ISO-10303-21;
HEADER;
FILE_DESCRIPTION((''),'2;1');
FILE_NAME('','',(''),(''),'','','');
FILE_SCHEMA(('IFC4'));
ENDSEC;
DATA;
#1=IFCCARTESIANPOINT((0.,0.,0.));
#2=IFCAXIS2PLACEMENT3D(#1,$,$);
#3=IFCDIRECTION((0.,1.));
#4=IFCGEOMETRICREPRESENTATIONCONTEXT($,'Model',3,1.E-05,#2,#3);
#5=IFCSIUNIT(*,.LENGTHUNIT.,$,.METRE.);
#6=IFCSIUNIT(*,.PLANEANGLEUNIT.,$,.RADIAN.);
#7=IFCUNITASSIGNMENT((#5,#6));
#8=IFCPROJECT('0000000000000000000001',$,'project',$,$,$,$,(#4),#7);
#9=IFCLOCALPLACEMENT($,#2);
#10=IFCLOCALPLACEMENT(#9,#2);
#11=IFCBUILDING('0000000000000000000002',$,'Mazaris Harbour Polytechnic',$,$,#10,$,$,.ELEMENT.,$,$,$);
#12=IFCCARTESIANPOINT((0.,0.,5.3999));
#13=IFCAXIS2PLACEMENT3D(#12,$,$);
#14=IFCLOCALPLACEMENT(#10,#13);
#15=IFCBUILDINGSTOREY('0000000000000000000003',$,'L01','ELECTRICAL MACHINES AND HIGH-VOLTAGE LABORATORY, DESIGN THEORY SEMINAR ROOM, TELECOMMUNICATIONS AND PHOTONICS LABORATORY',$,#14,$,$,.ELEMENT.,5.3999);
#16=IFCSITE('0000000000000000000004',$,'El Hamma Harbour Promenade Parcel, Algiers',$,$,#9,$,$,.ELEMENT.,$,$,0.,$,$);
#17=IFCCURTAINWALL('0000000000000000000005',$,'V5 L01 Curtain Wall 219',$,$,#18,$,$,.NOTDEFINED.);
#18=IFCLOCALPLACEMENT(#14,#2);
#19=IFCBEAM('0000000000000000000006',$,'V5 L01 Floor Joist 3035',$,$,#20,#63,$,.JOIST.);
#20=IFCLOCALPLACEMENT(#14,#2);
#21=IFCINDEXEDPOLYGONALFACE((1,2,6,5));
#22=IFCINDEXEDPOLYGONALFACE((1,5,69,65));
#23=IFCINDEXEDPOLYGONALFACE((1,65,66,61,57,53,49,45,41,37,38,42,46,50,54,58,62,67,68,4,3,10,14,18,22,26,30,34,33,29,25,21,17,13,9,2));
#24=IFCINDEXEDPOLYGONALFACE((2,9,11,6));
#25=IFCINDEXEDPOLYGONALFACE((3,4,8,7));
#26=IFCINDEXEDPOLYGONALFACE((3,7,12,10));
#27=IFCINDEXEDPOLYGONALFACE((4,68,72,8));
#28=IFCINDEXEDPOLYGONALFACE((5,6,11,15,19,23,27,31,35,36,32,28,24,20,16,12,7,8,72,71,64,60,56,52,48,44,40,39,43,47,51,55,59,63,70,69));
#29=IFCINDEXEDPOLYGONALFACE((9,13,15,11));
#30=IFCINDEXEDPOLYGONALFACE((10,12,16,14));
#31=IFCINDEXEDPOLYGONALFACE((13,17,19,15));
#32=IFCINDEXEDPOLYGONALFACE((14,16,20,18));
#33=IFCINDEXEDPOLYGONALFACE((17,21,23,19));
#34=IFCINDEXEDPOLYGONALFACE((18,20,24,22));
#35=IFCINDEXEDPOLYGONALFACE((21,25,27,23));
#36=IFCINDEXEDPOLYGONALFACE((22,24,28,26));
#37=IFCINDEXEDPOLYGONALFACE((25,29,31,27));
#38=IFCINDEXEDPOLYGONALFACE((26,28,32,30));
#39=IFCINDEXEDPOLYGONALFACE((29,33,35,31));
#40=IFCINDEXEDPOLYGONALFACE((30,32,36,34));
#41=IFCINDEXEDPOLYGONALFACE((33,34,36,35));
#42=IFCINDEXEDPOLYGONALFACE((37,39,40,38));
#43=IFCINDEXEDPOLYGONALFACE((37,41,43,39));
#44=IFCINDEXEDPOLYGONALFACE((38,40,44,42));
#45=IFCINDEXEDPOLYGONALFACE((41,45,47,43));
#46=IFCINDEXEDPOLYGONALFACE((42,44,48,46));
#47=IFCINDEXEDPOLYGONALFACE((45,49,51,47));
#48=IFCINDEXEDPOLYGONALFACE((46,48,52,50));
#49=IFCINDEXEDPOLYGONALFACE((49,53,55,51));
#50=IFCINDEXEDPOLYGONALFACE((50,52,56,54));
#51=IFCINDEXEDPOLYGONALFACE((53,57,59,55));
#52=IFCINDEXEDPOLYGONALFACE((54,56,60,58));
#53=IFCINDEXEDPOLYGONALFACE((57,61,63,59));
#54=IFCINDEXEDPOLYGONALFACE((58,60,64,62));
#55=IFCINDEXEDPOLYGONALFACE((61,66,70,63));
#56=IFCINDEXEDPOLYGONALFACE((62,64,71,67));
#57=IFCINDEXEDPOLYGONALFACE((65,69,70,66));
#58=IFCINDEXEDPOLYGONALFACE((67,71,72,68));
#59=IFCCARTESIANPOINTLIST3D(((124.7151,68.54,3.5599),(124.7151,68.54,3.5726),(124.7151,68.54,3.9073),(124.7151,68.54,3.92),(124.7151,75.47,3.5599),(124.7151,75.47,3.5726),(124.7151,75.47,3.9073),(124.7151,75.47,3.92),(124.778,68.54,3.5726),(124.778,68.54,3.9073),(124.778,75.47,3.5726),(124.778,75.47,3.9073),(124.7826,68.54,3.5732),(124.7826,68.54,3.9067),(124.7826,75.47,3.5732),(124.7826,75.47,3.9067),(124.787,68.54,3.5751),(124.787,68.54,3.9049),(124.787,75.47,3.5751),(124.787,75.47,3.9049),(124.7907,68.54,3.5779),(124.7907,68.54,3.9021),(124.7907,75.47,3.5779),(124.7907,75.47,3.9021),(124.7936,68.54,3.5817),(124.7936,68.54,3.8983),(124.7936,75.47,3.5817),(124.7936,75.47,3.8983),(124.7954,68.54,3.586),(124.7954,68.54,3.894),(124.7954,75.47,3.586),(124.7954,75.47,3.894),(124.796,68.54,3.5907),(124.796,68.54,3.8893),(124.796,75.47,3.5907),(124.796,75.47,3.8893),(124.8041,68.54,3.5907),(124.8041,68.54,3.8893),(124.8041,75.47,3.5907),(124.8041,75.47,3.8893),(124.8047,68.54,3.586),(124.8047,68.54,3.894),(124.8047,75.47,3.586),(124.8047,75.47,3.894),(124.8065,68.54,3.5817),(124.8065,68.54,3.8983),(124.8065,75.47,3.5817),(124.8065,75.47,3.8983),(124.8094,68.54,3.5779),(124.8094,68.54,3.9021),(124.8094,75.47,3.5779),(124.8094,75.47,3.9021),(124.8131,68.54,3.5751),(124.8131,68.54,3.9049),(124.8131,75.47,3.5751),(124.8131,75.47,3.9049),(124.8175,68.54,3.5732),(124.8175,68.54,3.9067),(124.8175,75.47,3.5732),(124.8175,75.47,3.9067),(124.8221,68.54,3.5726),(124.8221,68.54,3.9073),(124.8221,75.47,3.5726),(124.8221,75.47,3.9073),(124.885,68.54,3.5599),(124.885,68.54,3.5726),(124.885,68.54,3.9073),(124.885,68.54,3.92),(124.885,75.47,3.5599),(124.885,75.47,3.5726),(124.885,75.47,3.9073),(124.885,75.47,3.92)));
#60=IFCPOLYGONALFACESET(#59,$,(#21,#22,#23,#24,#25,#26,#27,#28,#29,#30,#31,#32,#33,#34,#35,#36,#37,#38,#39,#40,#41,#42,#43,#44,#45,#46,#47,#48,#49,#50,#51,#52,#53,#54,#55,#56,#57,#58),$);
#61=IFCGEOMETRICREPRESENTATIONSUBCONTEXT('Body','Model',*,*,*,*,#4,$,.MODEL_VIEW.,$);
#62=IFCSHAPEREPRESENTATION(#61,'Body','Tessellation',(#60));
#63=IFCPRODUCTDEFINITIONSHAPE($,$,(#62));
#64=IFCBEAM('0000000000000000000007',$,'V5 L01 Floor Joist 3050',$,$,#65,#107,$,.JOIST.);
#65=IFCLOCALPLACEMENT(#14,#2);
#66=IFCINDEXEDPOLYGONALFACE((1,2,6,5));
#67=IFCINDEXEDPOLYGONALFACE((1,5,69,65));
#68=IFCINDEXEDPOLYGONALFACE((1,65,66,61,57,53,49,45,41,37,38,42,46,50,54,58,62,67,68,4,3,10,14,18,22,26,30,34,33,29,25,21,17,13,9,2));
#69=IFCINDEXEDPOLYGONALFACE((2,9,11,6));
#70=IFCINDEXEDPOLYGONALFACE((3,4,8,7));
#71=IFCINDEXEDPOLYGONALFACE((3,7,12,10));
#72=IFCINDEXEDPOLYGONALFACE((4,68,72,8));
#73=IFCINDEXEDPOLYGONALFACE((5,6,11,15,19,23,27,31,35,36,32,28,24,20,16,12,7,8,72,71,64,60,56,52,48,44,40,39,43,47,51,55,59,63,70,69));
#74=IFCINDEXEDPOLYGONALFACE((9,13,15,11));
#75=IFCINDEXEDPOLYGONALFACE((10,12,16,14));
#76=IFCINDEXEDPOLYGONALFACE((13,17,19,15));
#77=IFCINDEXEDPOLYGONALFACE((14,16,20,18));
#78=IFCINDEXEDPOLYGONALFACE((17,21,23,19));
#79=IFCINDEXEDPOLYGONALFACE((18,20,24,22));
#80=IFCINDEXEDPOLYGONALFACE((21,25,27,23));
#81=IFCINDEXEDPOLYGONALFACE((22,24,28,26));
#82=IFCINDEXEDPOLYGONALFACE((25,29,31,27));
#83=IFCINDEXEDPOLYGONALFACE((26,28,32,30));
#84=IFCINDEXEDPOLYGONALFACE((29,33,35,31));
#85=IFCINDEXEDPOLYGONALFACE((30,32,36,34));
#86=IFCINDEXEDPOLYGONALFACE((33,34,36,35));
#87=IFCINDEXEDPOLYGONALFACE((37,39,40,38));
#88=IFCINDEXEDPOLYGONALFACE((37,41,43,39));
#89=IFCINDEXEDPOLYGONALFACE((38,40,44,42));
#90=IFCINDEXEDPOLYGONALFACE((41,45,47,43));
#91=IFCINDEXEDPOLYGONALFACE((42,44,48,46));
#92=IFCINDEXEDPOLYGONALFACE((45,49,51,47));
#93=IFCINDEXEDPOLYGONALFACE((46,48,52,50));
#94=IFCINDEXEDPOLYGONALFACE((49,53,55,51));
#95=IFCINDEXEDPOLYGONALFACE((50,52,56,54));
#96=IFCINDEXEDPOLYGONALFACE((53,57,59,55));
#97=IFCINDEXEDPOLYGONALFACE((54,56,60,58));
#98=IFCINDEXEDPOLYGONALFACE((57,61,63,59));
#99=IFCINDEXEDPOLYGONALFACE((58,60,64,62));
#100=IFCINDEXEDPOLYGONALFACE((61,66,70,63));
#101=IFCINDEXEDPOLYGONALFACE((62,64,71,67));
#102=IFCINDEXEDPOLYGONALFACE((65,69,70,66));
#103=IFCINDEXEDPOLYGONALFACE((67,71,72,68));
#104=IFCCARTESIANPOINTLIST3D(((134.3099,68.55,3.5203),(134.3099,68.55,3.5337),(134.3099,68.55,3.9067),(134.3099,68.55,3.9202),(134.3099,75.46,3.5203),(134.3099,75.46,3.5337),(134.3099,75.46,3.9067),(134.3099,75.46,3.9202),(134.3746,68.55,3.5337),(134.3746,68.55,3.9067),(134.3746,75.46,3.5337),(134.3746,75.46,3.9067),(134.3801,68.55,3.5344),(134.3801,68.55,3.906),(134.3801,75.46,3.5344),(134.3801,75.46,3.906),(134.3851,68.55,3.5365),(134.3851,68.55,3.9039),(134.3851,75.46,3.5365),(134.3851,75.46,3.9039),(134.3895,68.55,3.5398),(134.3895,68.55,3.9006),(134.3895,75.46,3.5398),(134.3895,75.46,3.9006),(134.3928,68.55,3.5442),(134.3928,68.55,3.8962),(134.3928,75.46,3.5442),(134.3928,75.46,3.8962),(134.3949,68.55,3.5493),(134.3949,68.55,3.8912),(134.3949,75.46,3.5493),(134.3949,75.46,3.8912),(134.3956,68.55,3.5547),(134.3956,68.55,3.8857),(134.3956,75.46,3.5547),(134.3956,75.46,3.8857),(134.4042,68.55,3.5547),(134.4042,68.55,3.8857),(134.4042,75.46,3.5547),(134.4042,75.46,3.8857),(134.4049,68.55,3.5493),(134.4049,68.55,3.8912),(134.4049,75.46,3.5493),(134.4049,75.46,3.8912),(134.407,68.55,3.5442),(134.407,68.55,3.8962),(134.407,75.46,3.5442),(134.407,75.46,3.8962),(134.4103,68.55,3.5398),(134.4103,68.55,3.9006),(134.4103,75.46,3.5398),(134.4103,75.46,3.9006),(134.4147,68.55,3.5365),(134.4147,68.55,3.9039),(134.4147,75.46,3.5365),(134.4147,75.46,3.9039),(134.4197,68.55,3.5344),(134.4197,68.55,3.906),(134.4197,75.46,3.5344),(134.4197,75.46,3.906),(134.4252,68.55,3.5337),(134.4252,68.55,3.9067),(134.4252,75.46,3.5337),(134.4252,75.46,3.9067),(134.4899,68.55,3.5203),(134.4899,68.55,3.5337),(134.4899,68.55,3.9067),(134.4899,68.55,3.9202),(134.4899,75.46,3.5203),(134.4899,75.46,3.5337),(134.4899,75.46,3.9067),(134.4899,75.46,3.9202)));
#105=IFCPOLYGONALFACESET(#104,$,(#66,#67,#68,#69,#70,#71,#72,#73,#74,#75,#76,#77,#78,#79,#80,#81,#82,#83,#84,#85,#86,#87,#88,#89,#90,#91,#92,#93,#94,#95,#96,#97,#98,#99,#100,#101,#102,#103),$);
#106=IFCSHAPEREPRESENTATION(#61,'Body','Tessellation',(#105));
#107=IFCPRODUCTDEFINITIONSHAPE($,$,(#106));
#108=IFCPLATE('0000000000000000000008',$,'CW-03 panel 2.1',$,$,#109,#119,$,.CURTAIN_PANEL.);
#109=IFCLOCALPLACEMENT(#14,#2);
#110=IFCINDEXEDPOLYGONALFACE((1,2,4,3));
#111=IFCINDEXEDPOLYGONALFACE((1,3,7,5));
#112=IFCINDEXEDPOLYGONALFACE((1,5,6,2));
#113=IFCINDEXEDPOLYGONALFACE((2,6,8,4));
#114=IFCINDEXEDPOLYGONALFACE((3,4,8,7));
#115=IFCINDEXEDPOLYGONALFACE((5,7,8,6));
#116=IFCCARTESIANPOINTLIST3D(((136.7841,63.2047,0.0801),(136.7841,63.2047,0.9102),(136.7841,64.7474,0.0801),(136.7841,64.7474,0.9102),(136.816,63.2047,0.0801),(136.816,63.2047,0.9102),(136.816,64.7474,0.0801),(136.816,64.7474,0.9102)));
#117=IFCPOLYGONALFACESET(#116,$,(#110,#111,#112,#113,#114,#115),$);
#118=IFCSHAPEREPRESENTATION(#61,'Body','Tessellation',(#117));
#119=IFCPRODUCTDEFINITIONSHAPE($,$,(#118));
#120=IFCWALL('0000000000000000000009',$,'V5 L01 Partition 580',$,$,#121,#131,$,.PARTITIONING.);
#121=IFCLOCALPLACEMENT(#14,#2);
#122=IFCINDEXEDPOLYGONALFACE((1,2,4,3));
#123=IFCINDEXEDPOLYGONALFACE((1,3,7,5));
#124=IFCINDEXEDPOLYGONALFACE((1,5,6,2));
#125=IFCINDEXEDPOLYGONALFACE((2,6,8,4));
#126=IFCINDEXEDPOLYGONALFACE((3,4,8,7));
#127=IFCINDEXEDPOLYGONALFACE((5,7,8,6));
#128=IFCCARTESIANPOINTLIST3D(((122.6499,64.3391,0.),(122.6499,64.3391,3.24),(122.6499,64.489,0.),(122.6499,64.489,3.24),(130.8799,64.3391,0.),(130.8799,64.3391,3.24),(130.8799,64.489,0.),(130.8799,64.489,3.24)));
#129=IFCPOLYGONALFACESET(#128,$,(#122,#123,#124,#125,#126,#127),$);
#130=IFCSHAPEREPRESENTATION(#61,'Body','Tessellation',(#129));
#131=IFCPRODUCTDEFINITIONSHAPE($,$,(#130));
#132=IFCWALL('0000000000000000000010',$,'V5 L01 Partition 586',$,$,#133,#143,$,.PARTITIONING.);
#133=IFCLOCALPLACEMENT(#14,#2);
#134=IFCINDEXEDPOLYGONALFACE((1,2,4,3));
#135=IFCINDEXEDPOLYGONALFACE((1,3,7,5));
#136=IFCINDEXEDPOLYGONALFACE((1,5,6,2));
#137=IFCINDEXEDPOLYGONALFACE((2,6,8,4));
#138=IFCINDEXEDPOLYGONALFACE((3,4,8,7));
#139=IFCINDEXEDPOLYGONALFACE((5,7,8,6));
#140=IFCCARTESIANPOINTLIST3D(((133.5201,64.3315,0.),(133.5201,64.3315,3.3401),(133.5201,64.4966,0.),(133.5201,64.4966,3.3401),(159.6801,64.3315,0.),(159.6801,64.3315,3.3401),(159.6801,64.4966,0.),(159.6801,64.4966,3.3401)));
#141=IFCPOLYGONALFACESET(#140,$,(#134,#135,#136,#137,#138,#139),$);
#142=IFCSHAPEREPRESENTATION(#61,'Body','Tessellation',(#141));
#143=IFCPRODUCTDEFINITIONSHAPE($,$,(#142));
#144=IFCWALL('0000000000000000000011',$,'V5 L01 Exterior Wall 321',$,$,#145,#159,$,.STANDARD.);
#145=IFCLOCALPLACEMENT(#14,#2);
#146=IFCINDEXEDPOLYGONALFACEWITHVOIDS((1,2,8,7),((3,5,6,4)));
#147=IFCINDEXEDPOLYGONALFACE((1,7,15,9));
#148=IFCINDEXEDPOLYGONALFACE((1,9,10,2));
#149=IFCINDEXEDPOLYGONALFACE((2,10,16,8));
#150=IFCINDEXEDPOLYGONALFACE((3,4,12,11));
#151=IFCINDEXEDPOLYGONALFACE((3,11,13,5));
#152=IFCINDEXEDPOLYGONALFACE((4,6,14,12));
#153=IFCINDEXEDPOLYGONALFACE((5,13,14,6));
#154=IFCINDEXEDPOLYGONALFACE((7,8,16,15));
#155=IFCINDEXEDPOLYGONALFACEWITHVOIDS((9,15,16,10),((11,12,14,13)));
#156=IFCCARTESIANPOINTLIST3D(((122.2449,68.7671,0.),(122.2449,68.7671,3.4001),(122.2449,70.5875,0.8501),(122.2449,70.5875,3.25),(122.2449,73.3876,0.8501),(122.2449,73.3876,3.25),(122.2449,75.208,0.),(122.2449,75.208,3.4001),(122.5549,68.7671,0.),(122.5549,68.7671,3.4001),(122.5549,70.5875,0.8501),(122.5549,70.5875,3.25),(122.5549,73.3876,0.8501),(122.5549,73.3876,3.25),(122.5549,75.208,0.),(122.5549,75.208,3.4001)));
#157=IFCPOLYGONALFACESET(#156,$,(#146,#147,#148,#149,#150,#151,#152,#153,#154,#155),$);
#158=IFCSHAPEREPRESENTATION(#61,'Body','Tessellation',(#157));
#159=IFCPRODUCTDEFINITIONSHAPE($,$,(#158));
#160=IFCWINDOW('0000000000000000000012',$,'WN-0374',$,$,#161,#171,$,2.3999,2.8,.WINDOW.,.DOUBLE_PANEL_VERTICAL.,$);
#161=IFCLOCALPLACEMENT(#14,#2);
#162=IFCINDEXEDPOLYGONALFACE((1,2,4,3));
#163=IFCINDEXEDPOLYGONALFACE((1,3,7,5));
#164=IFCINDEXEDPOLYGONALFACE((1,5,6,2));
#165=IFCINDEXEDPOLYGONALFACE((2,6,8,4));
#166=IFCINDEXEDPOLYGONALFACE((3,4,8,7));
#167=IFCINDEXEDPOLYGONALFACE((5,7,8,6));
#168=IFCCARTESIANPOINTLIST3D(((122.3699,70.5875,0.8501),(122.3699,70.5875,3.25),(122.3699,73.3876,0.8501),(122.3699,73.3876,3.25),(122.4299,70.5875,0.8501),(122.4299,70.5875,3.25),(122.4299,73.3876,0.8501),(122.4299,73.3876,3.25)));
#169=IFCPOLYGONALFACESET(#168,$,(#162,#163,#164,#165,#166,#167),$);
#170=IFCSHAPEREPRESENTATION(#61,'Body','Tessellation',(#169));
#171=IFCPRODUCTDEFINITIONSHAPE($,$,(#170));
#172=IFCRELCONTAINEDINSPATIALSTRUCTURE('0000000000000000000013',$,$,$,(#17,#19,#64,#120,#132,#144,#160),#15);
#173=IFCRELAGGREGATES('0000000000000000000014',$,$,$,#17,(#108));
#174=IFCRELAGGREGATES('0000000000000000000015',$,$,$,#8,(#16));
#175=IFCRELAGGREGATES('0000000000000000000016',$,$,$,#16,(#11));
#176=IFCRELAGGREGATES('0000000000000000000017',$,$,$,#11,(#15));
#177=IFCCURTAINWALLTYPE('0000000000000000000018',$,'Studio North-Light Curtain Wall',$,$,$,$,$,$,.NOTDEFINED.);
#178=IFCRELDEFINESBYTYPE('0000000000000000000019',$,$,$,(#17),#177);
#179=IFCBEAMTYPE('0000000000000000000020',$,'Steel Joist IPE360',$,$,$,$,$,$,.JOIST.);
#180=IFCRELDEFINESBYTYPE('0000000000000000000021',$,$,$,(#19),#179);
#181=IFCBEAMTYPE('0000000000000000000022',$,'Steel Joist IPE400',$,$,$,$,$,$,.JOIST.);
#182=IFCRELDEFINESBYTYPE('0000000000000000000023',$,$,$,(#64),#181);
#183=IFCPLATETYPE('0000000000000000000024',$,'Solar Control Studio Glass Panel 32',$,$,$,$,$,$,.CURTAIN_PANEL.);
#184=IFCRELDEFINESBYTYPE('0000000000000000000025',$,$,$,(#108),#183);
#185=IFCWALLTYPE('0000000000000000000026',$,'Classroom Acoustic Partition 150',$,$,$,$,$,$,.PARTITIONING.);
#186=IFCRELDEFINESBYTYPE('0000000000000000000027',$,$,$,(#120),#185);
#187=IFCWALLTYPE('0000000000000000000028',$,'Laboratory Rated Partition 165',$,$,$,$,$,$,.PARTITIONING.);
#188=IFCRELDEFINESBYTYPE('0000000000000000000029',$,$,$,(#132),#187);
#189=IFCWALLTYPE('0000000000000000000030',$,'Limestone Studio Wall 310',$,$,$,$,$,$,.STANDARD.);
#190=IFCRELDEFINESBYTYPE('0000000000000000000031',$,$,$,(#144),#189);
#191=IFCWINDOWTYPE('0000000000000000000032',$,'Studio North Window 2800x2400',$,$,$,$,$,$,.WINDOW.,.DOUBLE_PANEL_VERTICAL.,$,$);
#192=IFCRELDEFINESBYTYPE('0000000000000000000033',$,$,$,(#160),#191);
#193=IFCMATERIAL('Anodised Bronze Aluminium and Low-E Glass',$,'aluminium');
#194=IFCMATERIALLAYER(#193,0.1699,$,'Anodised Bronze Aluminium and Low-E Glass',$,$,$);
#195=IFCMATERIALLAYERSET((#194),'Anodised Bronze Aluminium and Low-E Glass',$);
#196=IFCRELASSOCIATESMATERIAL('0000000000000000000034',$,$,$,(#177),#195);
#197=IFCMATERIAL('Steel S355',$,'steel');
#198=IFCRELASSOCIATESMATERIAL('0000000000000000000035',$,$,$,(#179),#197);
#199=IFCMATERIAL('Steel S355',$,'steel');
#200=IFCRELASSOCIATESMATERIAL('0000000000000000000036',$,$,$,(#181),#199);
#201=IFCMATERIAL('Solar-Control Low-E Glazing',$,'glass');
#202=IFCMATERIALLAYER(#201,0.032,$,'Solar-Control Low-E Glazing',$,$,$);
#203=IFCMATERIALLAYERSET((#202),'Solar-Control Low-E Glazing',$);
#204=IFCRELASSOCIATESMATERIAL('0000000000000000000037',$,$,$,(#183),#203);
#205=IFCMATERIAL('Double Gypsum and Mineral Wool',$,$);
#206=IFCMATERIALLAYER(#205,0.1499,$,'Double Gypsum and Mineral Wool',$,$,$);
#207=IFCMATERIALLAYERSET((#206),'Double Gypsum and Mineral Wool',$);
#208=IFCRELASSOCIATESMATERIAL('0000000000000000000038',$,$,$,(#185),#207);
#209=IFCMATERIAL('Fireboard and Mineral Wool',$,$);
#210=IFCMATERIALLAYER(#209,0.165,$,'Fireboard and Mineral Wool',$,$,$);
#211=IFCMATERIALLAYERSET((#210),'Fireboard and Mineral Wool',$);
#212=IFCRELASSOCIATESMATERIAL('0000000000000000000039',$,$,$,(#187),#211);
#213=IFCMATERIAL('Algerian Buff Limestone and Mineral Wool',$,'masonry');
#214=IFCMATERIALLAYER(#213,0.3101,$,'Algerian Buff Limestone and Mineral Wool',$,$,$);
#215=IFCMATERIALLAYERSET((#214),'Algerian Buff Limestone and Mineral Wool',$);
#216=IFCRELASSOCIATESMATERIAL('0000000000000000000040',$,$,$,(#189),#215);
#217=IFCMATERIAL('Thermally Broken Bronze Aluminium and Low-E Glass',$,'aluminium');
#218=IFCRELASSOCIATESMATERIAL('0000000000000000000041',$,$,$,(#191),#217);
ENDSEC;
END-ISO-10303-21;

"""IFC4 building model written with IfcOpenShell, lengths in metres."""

from ifc_helpers import new_model, si_unit, direction, frame, frame_2d, origin, origin_2d, place, context, subcontext, project, spatial, rectangle, i_section, extrude, material, layer, layer_set, material_profile, profile_set, type_object, element, fill, aggregate, save


model = new_model("IFC4")

# Units and contexts
model_context = context("Model", 3, precision=1e-05, world=origin(), true_north=direction((0.0, 1.0)))
body_context = subcontext(model_context, "Body", "Model", "MODEL_VIEW")
ifc_project = project(units=[si_unit("LENGTHUNIT", "METRE"), si_unit("PLANEANGLEUNIT", "RADIAN")], contexts=[model_context])

# Site, building, storey
site_placement = place(None, origin())
site = spatial("IfcSite", under=ifc_project, at=site_placement, Name="El Hamma Harbour Promenade Parcel, Algiers", CompositionType="ELEMENT", RefElevation=0.0)
building_placement = place(site_placement, origin())
building = spatial("IfcBuilding", under=site, at=building_placement, Name="Mazaris Harbour Polytechnic", CompositionType="ELEMENT")
storey_placement = place(building_placement, frame((0.0, 0.0, 5.3999)))
storey = spatial("IfcBuildingStorey", under=building, at=storey_placement, Name="L01", Description="ELECTRICAL MACHINES AND HIGH-VOLTAGE LABORATORY, DESIGN THEORY SEMINAR ROOM, TELECOMMUNICATIONS AND PHOTONICS LABORATORY", CompositionType="ELEMENT", Elevation=5.3999)

# Shared definitions
ifc_material_1 = material(Name="Anodised Bronze Aluminium and Low-E Glass", Category="aluminium")
ifc_layer_1 = layer(ifc_material_1, 0.1699, Name="Anodised Bronze Aluminium and Low-E Glass")
ifc_layer_set_1 = layer_set([ifc_layer_1], Name="Anodised Bronze Aluminium and Low-E Glass")
curtain_wall_type = type_object("IfcCurtainWallType", Name="Studio North-Light Curtain Wall", PredefinedType="NOTDEFINED", material=ifc_layer_set_1)

# Curtain wall
curtain_wall_1_placement = place(storey_placement, origin())
curtain_wall_1 = element("IfcCurtainWall", 1, at=curtain_wall_1_placement, inside=storey, type_object=curtain_wall_type, Name="V5 L01 Curtain Wall 219", PredefinedType="NOTDEFINED")

# Beams
ifc_material_2 = material(Name="Steel S355", Category="steel")
ifc_material_profile_1 = material_profile(ifc_material_2, i_section(OverallWidth=0.1699, OverallDepth=0.3601, WebThickness=0.0081, FlangeThickness=0.0127, FilletRadius=0.0181, at=origin_2d()), Name="IPE 360")
ifc_profile_set_1 = profile_set([ifc_material_profile_1], Name="Steel S355")
beam_type_1 = type_object("IfcBeamType", Name="Steel Joist IPE360", PredefinedType="JOIST", material=ifc_profile_set_1)
beam_1_placement = place(storey_placement, frame((124.8, 68.54, 3.74), z_axis=(0.0, 1.0, 0.0), x_axis=(-1.0, 0.0, 0.0)))
element("IfcBeam", 2, at=beam_1_placement, inside=storey, type_object=beam_type_1, Name="V5 L01 Floor Joist 3035", PredefinedType="JOIST", context=body_context, shape_type="SweptSolid", body=[
    extrude(i_section(OverallWidth=0.1699, OverallDepth=0.3601, WebThickness=0.0081, FlangeThickness=0.0127, FilletRadius=0.0181, at=origin_2d()), origin(), (0.0, 0.0, 1.0), 6.9299),
])
ifc_material_3 = material(Name="Steel S355", Category="steel")
ifc_material_profile_2 = material_profile(ifc_material_3, i_section(OverallWidth=0.1799, OverallDepth=0.3999, WebThickness=0.0085, FlangeThickness=0.0134, FilletRadius=0.021, at=origin_2d()), Name="IPE 400")
ifc_profile_set_2 = profile_set([ifc_material_profile_2], Name="Steel S355")
beam_type_2 = type_object("IfcBeamType", Name="Steel Joist IPE400", PredefinedType="JOIST", material=ifc_profile_set_2)
beam_2_placement = place(storey_placement, frame((134.3999, 68.55, 3.7202), z_axis=(0.0, 1.0, 0.0), x_axis=(-1.0, 0.0, 0.0)))
element("IfcBeam", 3, at=beam_2_placement, inside=storey, type_object=beam_type_2, Name="V5 L01 Floor Joist 3050", PredefinedType="JOIST", context=body_context, shape_type="SweptSolid", body=[
    extrude(i_section(OverallWidth=0.1799, OverallDepth=0.3999, WebThickness=0.0085, FlangeThickness=0.0134, FilletRadius=0.021, at=origin_2d()), origin(), (0.0, 0.0, 1.0), 6.9099),
])

# Plate
ifc_material_4 = material(Name="Solar-Control Low-E Glazing", Category="glass")
ifc_layer_2 = layer(ifc_material_4, 0.032, Name="Solar-Control Low-E Glazing")
ifc_layer_set_2 = layer_set([ifc_layer_2], Name="Solar-Control Low-E Glazing")
plate_type = type_object("IfcPlateType", Name="Solar Control Studio Glass Panel 32", PredefinedType="CURTAIN_PANEL", material=ifc_layer_set_2)
plate_placement = place(storey_placement, frame((136.8, 63.9761, 0.0801), z_axis=(0.0, 0.0, 1.0), x_axis=(0.0, 1.0, 0.0)))
plate = element("IfcPlate", 4, at=plate_placement, type_object=plate_type, Name="CW-03 panel 2.1", PredefinedType="CURTAIN_PANEL", context=body_context, shape_type="SweptSolid", body=[
    extrude(rectangle(XDim=1.5427, YDim=0.032, at=origin_2d()), origin(), (0.0, 0.0, 1.0), 0.8301),
])
aggregate(curtain_wall_1, [plate])

# Walls
ifc_material_5 = material(Name="Double Gypsum and Mineral Wool")
ifc_layer_3 = layer(ifc_material_5, 0.1499, Name="Double Gypsum and Mineral Wool")
ifc_layer_set_3 = layer_set([ifc_layer_3], Name="Double Gypsum and Mineral Wool")
wall_type_1 = type_object("IfcWallType", Name="Classroom Acoustic Partition 150", PredefinedType="PARTITIONING", material=ifc_layer_set_3)
wall_1_placement = place(storey_placement, frame((122.6499, 64.4141, 0.0), z_axis=(0.0, 0.0, 1.0), x_axis=(1.0, 0.0, 0.0)))
element("IfcWall", 5, at=wall_1_placement, inside=storey, type_object=wall_type_1, Name="V5 L01 Partition 580", PredefinedType="PARTITIONING", context=body_context, shape_type="SweptSolid", body=[
    extrude(rectangle(XDim=8.23, YDim=0.1499, at=frame_2d((4.115, 0.0))), origin(), (0.0, 0.0, 1.0), 3.24),
])
ifc_material_6 = material(Name="Fireboard and Mineral Wool")
ifc_layer_4 = layer(ifc_material_6, 0.165, Name="Fireboard and Mineral Wool")
ifc_layer_set_4 = layer_set([ifc_layer_4], Name="Fireboard and Mineral Wool")
wall_type_2 = type_object("IfcWallType", Name="Laboratory Rated Partition 165", PredefinedType="PARTITIONING", material=ifc_layer_set_4)
wall_2_placement = place(storey_placement, frame((133.52, 64.4141, 0.0), z_axis=(0.0, 0.0, 1.0), x_axis=(1.0, 0.0, 0.0)))
element("IfcWall", 6, at=wall_2_placement, inside=storey, type_object=wall_type_2, Name="V5 L01 Partition 586", PredefinedType="PARTITIONING", context=body_context, shape_type="SweptSolid", body=[
    extrude(rectangle(XDim=26.1599, YDim=0.165, at=frame_2d((13.0801, 0.0))), origin(), (0.0, 0.0, 1.0), 3.3401),
])

# Wall, opening, window
ifc_material_7 = material(Name="Algerian Buff Limestone and Mineral Wool", Category="masonry")
ifc_layer_5 = layer(ifc_material_7, 0.3101, Name="Algerian Buff Limestone and Mineral Wool")
ifc_layer_set_5 = layer_set([ifc_layer_5], Name="Algerian Buff Limestone and Mineral Wool")
wall_type_3 = type_object("IfcWallType", Name="Limestone Studio Wall 310", PredefinedType="STANDARD", material=ifc_layer_set_5)
wall_3_placement = place(storey_placement, frame((122.3999, 68.7671, 0.0), z_axis=(0.0, 0.0, 1.0), x_axis=(0.0, 1.0, 0.0)))
wall_3 = element("IfcWall", 7, at=wall_3_placement, inside=storey, type_object=wall_type_3, Name="V5 L01 Exterior Wall 321", PredefinedType="STANDARD", context=body_context, shape_type="SweptSolid", body=[
    extrude(rectangle(XDim=6.4409, YDim=0.3101, at=frame_2d((3.2205, 0.0))), origin(), (0.0, 0.0, 1.0), 3.4001),
])
opening_1_placement = place(wall_3_placement, frame((1.8206, 0.0, 0.8501)))
opening_1 = element("IfcOpeningElement", 8, at=opening_1_placement, cuts=wall_3, PredefinedType="OPENING", context=body_context, shape_type="SweptSolid", body=[
    extrude(rectangle(XDim=2.8, YDim=2.3999, at=frame_2d((1.3999, 1.2))), frame((0.0, 0.165, 0.0), z_axis=(0.0, -1.0, 0.0), x_axis=(1.0, 0.0, 0.0)), (0.0, 0.0, 1.0), 0.3301),
])
ifc_material_8 = material(Name="Thermally Broken Bronze Aluminium and Low-E Glass", Category="aluminium")
window_type = type_object("IfcWindowType", Name="Studio North Window 2800x2400", PartitioningType="DOUBLE_PANEL_VERTICAL", PredefinedType="WINDOW", material=ifc_material_8)
window_placement = place(opening_1_placement, origin())
window = element("IfcWindow", 9, at=window_placement, inside=storey, type_object=window_type, Name="WN-0374", OverallHeight=2.3999, OverallWidth=2.8, PartitioningType="DOUBLE_PANEL_VERTICAL", PredefinedType="WINDOW", context=body_context, shape_type="SweptSolid", body=[
    extrude(rectangle(XDim=2.8, YDim=2.3999, at=frame_2d((1.3999, 1.2))), frame((0.0, 0.03, 0.0), z_axis=(0.0, -1.0, 0.0), x_axis=(1.0, 0.0, 0.0)), (0.0, 0.0, 1.0), 0.0601),
])
fill(opening_1, window)

save(model, "model.ifc")
